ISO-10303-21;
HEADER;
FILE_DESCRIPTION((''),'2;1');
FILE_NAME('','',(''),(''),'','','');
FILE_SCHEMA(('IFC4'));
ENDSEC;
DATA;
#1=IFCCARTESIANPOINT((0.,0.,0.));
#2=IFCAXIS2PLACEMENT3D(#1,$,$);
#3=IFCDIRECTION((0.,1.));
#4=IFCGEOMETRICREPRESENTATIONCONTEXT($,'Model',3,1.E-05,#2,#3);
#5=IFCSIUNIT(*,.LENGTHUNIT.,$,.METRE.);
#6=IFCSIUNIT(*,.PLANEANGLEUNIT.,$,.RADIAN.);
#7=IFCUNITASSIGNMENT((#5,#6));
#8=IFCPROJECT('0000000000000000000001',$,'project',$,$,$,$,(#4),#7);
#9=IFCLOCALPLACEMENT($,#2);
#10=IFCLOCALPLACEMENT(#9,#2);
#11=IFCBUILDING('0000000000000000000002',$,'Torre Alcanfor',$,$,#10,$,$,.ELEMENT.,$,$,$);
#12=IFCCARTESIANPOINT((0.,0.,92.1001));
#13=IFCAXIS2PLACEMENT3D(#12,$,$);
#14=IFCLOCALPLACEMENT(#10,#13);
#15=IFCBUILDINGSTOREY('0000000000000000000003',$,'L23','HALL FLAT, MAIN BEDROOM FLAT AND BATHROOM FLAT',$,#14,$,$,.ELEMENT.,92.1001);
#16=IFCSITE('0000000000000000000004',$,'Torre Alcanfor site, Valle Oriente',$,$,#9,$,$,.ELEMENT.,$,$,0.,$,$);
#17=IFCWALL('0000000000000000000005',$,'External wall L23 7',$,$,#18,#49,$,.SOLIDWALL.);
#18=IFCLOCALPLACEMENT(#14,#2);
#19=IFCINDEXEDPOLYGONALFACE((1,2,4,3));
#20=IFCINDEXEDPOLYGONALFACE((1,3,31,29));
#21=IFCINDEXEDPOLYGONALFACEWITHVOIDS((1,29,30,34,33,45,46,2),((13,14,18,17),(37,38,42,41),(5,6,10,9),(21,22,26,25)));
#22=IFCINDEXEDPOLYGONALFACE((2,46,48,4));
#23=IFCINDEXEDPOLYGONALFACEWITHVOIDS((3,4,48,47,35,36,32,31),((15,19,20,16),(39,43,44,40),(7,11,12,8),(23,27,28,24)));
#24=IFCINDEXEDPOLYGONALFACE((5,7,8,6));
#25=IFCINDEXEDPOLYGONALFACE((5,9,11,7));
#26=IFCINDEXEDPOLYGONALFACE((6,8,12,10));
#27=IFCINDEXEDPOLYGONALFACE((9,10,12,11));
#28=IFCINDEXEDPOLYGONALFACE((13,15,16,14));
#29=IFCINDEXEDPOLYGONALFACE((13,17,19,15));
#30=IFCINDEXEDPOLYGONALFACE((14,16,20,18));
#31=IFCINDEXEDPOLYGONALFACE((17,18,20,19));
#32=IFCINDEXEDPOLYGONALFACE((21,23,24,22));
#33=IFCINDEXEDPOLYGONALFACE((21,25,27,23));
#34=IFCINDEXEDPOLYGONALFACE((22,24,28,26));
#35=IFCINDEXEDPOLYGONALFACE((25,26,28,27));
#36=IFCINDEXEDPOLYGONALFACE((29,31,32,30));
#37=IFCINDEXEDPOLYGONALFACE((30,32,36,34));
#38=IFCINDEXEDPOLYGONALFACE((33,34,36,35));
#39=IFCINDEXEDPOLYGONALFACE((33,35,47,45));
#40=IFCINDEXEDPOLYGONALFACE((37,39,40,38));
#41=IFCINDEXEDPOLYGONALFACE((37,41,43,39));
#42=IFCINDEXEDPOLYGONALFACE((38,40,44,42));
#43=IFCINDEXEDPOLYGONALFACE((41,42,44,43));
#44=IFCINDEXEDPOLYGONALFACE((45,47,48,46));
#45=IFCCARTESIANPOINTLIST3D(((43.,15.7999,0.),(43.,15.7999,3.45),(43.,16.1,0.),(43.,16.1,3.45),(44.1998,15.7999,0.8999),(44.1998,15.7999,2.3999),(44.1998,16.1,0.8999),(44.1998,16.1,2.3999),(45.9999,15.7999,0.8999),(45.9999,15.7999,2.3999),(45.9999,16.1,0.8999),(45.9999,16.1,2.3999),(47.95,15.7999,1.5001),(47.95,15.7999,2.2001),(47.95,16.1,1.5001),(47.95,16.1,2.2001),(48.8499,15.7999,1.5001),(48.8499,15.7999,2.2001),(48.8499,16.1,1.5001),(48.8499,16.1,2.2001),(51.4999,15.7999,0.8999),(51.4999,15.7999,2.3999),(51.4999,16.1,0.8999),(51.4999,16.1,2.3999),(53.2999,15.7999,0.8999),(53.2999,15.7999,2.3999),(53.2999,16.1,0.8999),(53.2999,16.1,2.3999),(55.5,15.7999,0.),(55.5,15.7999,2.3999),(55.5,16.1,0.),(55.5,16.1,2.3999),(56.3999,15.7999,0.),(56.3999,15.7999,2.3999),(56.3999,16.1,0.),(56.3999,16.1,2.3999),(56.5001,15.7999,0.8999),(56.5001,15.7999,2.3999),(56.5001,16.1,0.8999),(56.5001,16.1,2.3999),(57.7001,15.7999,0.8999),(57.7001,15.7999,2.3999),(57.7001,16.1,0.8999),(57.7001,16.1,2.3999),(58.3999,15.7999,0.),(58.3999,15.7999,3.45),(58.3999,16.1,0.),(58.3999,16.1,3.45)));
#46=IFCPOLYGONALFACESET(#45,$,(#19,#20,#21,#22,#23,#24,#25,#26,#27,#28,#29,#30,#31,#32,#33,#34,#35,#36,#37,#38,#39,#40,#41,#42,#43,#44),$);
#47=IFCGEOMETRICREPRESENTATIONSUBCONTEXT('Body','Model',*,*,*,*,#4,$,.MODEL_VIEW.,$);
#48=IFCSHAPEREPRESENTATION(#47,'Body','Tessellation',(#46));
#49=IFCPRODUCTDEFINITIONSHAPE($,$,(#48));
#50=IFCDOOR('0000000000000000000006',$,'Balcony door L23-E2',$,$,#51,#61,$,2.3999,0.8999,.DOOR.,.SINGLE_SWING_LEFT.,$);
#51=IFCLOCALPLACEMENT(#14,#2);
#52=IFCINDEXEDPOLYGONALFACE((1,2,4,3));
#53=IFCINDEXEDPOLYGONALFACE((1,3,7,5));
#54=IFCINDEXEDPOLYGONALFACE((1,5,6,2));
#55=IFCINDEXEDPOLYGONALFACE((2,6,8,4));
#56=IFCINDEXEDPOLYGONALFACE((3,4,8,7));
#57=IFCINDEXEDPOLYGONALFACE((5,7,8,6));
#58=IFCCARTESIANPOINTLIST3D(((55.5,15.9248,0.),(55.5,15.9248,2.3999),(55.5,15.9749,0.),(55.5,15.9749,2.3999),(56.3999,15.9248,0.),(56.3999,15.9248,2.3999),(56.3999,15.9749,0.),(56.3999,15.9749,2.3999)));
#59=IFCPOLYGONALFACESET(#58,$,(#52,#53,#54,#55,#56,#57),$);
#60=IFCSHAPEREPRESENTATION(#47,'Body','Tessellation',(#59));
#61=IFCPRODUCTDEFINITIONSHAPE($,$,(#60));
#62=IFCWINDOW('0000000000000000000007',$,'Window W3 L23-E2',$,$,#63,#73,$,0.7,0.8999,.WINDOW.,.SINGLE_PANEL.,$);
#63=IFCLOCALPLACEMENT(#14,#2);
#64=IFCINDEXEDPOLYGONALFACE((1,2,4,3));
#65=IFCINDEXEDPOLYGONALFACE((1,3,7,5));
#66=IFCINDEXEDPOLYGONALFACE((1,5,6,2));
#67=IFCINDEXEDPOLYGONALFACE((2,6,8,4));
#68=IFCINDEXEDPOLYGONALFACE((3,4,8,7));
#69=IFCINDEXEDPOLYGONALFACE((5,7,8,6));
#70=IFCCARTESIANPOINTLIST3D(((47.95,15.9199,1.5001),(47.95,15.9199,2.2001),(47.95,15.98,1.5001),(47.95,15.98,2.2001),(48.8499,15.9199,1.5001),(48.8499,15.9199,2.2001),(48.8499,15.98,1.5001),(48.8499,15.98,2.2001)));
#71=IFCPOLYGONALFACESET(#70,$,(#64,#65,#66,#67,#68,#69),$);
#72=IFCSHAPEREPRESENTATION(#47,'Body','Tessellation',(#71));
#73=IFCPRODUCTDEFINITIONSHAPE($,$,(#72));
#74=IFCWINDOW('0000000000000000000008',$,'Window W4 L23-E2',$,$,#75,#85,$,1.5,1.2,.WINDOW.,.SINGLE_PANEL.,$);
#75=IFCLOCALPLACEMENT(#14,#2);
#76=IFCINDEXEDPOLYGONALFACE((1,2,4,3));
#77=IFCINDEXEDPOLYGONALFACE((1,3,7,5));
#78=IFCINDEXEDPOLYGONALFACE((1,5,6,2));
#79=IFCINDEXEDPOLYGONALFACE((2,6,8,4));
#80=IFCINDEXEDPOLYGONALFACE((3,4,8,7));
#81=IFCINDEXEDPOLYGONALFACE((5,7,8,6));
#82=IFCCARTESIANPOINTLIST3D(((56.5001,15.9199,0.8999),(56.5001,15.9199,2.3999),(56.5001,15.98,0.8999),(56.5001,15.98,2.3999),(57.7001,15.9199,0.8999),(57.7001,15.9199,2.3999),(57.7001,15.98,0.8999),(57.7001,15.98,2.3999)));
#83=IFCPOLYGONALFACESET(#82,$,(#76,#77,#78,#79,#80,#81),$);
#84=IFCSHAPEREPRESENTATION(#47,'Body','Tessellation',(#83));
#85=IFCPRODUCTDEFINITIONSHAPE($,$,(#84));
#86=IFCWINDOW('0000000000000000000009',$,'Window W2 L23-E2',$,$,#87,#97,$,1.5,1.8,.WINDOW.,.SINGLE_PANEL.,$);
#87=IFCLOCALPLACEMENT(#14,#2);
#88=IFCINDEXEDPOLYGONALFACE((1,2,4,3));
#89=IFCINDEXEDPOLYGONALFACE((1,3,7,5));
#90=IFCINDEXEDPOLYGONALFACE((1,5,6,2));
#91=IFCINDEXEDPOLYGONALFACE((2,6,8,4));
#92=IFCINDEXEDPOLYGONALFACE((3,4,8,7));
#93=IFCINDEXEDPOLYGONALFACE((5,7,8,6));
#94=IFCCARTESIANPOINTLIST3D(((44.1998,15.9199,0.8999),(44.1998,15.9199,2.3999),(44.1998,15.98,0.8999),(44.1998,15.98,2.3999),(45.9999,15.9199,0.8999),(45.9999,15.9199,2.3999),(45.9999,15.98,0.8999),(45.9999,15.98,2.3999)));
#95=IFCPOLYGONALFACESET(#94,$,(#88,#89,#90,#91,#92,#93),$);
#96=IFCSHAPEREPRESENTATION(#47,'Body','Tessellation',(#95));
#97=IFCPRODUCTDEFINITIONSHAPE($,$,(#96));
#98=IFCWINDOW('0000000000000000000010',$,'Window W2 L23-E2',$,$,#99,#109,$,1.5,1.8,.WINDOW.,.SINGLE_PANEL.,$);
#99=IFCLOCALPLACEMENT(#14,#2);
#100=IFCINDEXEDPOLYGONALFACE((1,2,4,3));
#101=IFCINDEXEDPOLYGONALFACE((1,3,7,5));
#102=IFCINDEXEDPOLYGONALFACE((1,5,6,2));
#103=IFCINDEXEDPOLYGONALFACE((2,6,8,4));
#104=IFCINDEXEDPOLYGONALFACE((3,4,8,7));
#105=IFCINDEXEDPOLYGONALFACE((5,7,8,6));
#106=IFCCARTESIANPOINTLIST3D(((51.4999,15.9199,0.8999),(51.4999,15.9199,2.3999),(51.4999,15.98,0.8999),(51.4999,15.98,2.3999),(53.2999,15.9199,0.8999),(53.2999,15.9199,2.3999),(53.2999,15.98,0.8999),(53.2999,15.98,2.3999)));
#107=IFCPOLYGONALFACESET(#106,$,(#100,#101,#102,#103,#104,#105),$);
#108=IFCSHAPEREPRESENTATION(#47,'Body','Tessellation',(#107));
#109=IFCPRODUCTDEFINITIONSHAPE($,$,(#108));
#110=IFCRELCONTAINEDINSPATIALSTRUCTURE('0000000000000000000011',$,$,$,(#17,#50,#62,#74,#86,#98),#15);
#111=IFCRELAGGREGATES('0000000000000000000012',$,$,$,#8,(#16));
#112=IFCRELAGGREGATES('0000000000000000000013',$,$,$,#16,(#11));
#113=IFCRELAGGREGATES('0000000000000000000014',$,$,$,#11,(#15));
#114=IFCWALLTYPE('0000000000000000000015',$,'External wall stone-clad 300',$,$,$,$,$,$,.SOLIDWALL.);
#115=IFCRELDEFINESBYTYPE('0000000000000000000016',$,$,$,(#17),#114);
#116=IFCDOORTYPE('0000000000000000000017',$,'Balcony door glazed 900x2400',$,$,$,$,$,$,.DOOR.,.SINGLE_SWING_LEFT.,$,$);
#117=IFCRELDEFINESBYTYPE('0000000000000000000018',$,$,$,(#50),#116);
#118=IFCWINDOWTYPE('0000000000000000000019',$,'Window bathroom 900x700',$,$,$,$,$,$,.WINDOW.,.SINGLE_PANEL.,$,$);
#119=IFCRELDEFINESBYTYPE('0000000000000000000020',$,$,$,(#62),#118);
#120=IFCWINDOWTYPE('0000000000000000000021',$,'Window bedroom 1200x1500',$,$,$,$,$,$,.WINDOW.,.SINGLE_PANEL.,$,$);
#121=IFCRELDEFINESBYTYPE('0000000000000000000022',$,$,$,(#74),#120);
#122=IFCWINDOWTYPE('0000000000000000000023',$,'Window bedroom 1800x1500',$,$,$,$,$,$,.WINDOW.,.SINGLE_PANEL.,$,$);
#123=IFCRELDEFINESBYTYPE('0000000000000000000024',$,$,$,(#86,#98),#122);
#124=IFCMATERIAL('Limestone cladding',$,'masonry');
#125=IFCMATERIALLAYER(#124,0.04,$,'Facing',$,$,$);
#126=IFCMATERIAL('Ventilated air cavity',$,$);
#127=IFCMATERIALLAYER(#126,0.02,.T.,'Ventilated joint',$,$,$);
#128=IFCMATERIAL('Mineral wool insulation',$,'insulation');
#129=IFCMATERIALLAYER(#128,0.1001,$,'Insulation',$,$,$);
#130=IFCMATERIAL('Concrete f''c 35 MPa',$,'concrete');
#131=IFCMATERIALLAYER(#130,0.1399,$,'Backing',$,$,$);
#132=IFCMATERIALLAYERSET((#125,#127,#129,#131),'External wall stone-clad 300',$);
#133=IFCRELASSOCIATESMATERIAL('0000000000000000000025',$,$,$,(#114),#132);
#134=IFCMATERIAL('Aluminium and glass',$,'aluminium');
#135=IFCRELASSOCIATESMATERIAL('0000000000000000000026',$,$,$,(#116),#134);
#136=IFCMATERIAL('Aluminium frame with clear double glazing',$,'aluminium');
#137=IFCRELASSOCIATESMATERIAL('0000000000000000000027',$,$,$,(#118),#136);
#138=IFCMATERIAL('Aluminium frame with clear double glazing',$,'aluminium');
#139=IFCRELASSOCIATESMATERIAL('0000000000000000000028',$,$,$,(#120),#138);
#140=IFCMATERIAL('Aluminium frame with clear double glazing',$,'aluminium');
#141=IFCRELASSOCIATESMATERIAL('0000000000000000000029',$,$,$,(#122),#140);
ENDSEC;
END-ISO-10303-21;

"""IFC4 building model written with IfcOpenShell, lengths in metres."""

from ifc_helpers import new_model, si_unit, direction, frame, frame_2d, origin, place, context, subcontext, project, spatial, rectangle, extrude, material, layer, layer_set, type_object, element, fill, save


model = new_model("IFC4")

# Units and contexts
model_context = context("Model", 3, precision=1e-05, world=origin(), true_north=direction((0.0, 1.0)))
body_context = subcontext(model_context, "Body", "Model", "MODEL_VIEW")
ifc_project = project(units=[si_unit("LENGTHUNIT", "METRE"), si_unit("PLANEANGLEUNIT", "RADIAN")], contexts=[model_context])

# Site, building, storey
site_placement = place(None, origin())
site = spatial("IfcSite", under=ifc_project, at=site_placement, Name="Torre Alcanfor site, Valle Oriente", CompositionType="ELEMENT", RefElevation=0.0)
building_placement = place(site_placement, origin())
building = spatial("IfcBuilding", under=site, at=building_placement, Name="Torre Alcanfor", CompositionType="ELEMENT")
storey_placement = place(building_placement, frame((0.0, 0.0, 92.1001)))
storey = spatial("IfcBuildingStorey", under=building, at=storey_placement, Name="L23", Description="HALL FLAT, MAIN BEDROOM FLAT AND BATHROOM FLAT", CompositionType="ELEMENT", Elevation=92.1001)

# Wall, openings, door, windows
ifc_material_1 = material(Name="Limestone cladding", Category="masonry")
ifc_layer_1 = layer(ifc_material_1, 0.04, Name="Facing")
ifc_material_2 = material(Name="Ventilated air cavity")
ifc_layer_2 = layer(ifc_material_2, 0.02, ventilated=True, Name="Ventilated joint")
ifc_material_3 = material(Name="Mineral wool insulation", Category="insulation")
ifc_layer_3 = layer(ifc_material_3, 0.1001, Name="Insulation")
ifc_material_4 = material(Name="Concrete f'c 35 MPa", Category="concrete")
ifc_layer_4 = layer(ifc_material_4, 0.1399, Name="Backing")
ifc_layer_set_1 = layer_set([ifc_layer_1, ifc_layer_2, ifc_layer_3, ifc_layer_4], Name="External wall stone-clad 300")
wall_type_1 = type_object("IfcWallType", Name="External wall stone-clad 300", PredefinedType="SOLIDWALL", material=ifc_layer_set_1)
ifc_material_5 = material(Name="Aluminium and glass", Category="aluminium")
door_type = type_object("IfcDoorType", Name="Balcony door glazed 900x2400", OperationType="SINGLE_SWING_LEFT", PredefinedType="DOOR", material=ifc_material_5)
ifc_material_6 = material(Name="Aluminium frame with clear double glazing", Category="aluminium")
window_type_1 = type_object("IfcWindowType", Name="Window bathroom 900x700", PartitioningType="SINGLE_PANEL", PredefinedType="WINDOW", material=ifc_material_6)
ifc_material_7 = material(Name="Aluminium frame with clear double glazing", Category="aluminium")
window_type_2 = type_object("IfcWindowType", Name="Window bedroom 1200x1500", PartitioningType="SINGLE_PANEL", PredefinedType="WINDOW", material=ifc_material_7)
ifc_material_8 = material(Name="Aluminium frame with clear double glazing", Category="aluminium")
window_type_3 = type_object("IfcWindowType", Name="Window bedroom 1800x1500", PartitioningType="SINGLE_PANEL", PredefinedType="WINDOW", material=ifc_material_8)
wall_1_placement = place(storey_placement, frame((43.0, 15.95, 0.0), z_axis=(0.0, 0.0, 1.0), x_axis=(1.0, 0.0, 0.0)))
wall_1 = element("IfcWall", 1, at=wall_1_placement, inside=storey, type_object=wall_type_1, Name="External wall L23 7", PredefinedType="SOLIDWALL", context=body_context, shape_type="SweptSolid", body=[
    extrude(rectangle(XDim=15.3999, YDim=0.3, at=frame_2d((7.7, 0.0))), origin(), (0.0, 0.0, 1.0), 3.45),
])
opening_1_placement = place(wall_1_placement, frame((1.2, 0.0, 0.8999)))
opening_1 = element("IfcOpeningElement", 2, at=opening_1_placement, cuts=wall_1, PredefinedType="OPENING", context=body_context, shape_type="SweptSolid", body=[
    extrude(rectangle(XDim=1.8, YDim=1.5, at=frame_2d((0.8999, 0.75))), frame((0.0, 0.1599, 0.0), z_axis=(0.0, -1.0, 0.0), x_axis=(1.0, 0.0, 0.0)), (0.0, 0.0, 1.0), 0.3201),
])
opening_2_placement = place(wall_1_placement, frame((4.95, 0.0, 1.5)))
opening_2 = element("IfcOpeningElement", 3, at=opening_2_placement, cuts=wall_1, PredefinedType="OPENING", context=body_context, shape_type="SweptSolid", body=[
    extrude(rectangle(XDim=0.8999, YDim=0.7, at=frame_2d((0.45, 0.3501))), frame((0.0, 0.1599, 0.0), z_axis=(0.0, -1.0, 0.0), x_axis=(1.0, 0.0, 0.0)), (0.0, 0.0, 1.0), 0.3201),
])
opening_3_placement = place(wall_1_placement, frame((8.5, 0.0, 0.8999)))
opening_3 = element("IfcOpeningElement", 4, at=opening_3_placement, cuts=wall_1, PredefinedType="OPENING", context=body_context, shape_type="SweptSolid", body=[
    extrude(rectangle(XDim=1.8, YDim=1.5, at=frame_2d((0.8999, 0.75))), frame((0.0, 0.1599, 0.0), z_axis=(0.0, -1.0, 0.0), x_axis=(1.0, 0.0, 0.0)), (0.0, 0.0, 1.0), 0.3201),
])
opening_4_placement = place(wall_1_placement, frame((12.5, 0.0, 0.0)))
opening_4 = element("IfcOpeningElement", 5, at=opening_4_placement, cuts=wall_1, PredefinedType="OPENING", context=body_context, shape_type="SweptSolid", body=[
    extrude(rectangle(XDim=0.8999, YDim=2.3999, at=frame_2d((0.45, 1.2))), frame((0.0, 0.1599, 0.0), z_axis=(0.0, -1.0, 0.0), x_axis=(1.0, 0.0, 0.0)), (0.0, 0.0, 1.0), 0.3201),
])
opening_5_placement = place(wall_1_placement, frame((13.5, 0.0, 0.8999)))
opening_5 = element("IfcOpeningElement", 6, at=opening_5_placement, cuts=wall_1, PredefinedType="OPENING", context=body_context, shape_type="SweptSolid", body=[
    extrude(rectangle(XDim=1.2, YDim=1.5, at=frame_2d((0.6001, 0.75))), frame((0.0, 0.1599, 0.0), z_axis=(0.0, -1.0, 0.0), x_axis=(1.0, 0.0, 0.0)), (0.0, 0.0, 1.0), 0.3201),
])
door_1_placement = place(opening_4_placement, origin())
door_1 = element("IfcDoor", 7, at=door_1_placement, inside=storey, type_object=door_type, Name="Balcony door L23-E2", OperationType="SINGLE_SWING_LEFT", OverallHeight=2.3999, OverallWidth=0.8999, PredefinedType="DOOR", context=body_context, shape_type="SweptSolid", body=[
    extrude(rectangle(XDim=0.8999, YDim=2.3999, at=frame_2d((0.45, 1.2))), frame((0.0, 0.0249, 0.0), z_axis=(0.0, -1.0, 0.0), x_axis=(1.0, 0.0, 0.0)), (0.0, 0.0, 1.0), 0.05),
])
fill(opening_4, door_1)
window_1_placement = place(opening_2_placement, origin())
window_1 = element("IfcWindow", 8, at=window_1_placement, inside=storey, type_object=window_type_1, Name="Window W3 L23-E2", OverallHeight=0.7, OverallWidth=0.8999, PartitioningType="SINGLE_PANEL", PredefinedType="WINDOW", context=body_context, shape_type="SweptSolid", body=[
    extrude(rectangle(XDim=0.8999, YDim=0.7, at=frame_2d((0.45, 0.3501))), frame((0.0, 0.03, 0.0), z_axis=(0.0, -1.0, 0.0), x_axis=(1.0, 0.0, 0.0)), (0.0, 0.0, 1.0), 0.0601),
])
fill(opening_2, window_1)
window_2_placement = place(opening_5_placement, origin())
window_2 = element("IfcWindow", 9, at=window_2_placement, inside=storey, type_object=window_type_2, Name="Window W4 L23-E2", OverallHeight=1.5, OverallWidth=1.2, PartitioningType="SINGLE_PANEL", PredefinedType="WINDOW", context=body_context, shape_type="SweptSolid", body=[
    extrude(rectangle(XDim=1.2, YDim=1.5, at=frame_2d((0.6001, 0.75))), frame((0.0, 0.03, 0.0), z_axis=(0.0, -1.0, 0.0), x_axis=(1.0, 0.0, 0.0)), (0.0, 0.0, 1.0), 0.0601),
])
fill(opening_5, window_2)
window_3_placement = place(opening_1_placement, origin())
window_3 = element("IfcWindow", 10, at=window_3_placement, inside=storey, type_object=window_type_3, Name="Window W2 L23-E2", OverallHeight=1.5, OverallWidth=1.8, PartitioningType="SINGLE_PANEL", PredefinedType="WINDOW", context=body_context, shape_type="SweptSolid", body=[
    extrude(rectangle(XDim=1.8, YDim=1.5, at=frame_2d((0.8999, 0.75))), frame((0.0, 0.03, 0.0), z_axis=(0.0, -1.0, 0.0), x_axis=(1.0, 0.0, 0.0)), (0.0, 0.0, 1.0), 0.0601),
])
fill(opening_1, window_3)
window_4_placement = place(opening_3_placement, origin())
window_4 = element("IfcWindow", 11, at=window_4_placement, inside=storey, type_object=window_type_3, Name="Window W2 L23-E2", OverallHeight=1.5, OverallWidth=1.8, PartitioningType="SINGLE_PANEL", PredefinedType="WINDOW", context=body_context, shape_type="SweptSolid", body=[
    extrude(rectangle(XDim=1.8, YDim=1.5, at=frame_2d((0.8999, 0.75))), frame((0.0, 0.03, 0.0), z_axis=(0.0, -1.0, 0.0), x_axis=(1.0, 0.0, 0.0)), (0.0, 0.0, 1.0), 0.0601),
])
fill(opening_3, window_4)

save(model, "model.ifc")
